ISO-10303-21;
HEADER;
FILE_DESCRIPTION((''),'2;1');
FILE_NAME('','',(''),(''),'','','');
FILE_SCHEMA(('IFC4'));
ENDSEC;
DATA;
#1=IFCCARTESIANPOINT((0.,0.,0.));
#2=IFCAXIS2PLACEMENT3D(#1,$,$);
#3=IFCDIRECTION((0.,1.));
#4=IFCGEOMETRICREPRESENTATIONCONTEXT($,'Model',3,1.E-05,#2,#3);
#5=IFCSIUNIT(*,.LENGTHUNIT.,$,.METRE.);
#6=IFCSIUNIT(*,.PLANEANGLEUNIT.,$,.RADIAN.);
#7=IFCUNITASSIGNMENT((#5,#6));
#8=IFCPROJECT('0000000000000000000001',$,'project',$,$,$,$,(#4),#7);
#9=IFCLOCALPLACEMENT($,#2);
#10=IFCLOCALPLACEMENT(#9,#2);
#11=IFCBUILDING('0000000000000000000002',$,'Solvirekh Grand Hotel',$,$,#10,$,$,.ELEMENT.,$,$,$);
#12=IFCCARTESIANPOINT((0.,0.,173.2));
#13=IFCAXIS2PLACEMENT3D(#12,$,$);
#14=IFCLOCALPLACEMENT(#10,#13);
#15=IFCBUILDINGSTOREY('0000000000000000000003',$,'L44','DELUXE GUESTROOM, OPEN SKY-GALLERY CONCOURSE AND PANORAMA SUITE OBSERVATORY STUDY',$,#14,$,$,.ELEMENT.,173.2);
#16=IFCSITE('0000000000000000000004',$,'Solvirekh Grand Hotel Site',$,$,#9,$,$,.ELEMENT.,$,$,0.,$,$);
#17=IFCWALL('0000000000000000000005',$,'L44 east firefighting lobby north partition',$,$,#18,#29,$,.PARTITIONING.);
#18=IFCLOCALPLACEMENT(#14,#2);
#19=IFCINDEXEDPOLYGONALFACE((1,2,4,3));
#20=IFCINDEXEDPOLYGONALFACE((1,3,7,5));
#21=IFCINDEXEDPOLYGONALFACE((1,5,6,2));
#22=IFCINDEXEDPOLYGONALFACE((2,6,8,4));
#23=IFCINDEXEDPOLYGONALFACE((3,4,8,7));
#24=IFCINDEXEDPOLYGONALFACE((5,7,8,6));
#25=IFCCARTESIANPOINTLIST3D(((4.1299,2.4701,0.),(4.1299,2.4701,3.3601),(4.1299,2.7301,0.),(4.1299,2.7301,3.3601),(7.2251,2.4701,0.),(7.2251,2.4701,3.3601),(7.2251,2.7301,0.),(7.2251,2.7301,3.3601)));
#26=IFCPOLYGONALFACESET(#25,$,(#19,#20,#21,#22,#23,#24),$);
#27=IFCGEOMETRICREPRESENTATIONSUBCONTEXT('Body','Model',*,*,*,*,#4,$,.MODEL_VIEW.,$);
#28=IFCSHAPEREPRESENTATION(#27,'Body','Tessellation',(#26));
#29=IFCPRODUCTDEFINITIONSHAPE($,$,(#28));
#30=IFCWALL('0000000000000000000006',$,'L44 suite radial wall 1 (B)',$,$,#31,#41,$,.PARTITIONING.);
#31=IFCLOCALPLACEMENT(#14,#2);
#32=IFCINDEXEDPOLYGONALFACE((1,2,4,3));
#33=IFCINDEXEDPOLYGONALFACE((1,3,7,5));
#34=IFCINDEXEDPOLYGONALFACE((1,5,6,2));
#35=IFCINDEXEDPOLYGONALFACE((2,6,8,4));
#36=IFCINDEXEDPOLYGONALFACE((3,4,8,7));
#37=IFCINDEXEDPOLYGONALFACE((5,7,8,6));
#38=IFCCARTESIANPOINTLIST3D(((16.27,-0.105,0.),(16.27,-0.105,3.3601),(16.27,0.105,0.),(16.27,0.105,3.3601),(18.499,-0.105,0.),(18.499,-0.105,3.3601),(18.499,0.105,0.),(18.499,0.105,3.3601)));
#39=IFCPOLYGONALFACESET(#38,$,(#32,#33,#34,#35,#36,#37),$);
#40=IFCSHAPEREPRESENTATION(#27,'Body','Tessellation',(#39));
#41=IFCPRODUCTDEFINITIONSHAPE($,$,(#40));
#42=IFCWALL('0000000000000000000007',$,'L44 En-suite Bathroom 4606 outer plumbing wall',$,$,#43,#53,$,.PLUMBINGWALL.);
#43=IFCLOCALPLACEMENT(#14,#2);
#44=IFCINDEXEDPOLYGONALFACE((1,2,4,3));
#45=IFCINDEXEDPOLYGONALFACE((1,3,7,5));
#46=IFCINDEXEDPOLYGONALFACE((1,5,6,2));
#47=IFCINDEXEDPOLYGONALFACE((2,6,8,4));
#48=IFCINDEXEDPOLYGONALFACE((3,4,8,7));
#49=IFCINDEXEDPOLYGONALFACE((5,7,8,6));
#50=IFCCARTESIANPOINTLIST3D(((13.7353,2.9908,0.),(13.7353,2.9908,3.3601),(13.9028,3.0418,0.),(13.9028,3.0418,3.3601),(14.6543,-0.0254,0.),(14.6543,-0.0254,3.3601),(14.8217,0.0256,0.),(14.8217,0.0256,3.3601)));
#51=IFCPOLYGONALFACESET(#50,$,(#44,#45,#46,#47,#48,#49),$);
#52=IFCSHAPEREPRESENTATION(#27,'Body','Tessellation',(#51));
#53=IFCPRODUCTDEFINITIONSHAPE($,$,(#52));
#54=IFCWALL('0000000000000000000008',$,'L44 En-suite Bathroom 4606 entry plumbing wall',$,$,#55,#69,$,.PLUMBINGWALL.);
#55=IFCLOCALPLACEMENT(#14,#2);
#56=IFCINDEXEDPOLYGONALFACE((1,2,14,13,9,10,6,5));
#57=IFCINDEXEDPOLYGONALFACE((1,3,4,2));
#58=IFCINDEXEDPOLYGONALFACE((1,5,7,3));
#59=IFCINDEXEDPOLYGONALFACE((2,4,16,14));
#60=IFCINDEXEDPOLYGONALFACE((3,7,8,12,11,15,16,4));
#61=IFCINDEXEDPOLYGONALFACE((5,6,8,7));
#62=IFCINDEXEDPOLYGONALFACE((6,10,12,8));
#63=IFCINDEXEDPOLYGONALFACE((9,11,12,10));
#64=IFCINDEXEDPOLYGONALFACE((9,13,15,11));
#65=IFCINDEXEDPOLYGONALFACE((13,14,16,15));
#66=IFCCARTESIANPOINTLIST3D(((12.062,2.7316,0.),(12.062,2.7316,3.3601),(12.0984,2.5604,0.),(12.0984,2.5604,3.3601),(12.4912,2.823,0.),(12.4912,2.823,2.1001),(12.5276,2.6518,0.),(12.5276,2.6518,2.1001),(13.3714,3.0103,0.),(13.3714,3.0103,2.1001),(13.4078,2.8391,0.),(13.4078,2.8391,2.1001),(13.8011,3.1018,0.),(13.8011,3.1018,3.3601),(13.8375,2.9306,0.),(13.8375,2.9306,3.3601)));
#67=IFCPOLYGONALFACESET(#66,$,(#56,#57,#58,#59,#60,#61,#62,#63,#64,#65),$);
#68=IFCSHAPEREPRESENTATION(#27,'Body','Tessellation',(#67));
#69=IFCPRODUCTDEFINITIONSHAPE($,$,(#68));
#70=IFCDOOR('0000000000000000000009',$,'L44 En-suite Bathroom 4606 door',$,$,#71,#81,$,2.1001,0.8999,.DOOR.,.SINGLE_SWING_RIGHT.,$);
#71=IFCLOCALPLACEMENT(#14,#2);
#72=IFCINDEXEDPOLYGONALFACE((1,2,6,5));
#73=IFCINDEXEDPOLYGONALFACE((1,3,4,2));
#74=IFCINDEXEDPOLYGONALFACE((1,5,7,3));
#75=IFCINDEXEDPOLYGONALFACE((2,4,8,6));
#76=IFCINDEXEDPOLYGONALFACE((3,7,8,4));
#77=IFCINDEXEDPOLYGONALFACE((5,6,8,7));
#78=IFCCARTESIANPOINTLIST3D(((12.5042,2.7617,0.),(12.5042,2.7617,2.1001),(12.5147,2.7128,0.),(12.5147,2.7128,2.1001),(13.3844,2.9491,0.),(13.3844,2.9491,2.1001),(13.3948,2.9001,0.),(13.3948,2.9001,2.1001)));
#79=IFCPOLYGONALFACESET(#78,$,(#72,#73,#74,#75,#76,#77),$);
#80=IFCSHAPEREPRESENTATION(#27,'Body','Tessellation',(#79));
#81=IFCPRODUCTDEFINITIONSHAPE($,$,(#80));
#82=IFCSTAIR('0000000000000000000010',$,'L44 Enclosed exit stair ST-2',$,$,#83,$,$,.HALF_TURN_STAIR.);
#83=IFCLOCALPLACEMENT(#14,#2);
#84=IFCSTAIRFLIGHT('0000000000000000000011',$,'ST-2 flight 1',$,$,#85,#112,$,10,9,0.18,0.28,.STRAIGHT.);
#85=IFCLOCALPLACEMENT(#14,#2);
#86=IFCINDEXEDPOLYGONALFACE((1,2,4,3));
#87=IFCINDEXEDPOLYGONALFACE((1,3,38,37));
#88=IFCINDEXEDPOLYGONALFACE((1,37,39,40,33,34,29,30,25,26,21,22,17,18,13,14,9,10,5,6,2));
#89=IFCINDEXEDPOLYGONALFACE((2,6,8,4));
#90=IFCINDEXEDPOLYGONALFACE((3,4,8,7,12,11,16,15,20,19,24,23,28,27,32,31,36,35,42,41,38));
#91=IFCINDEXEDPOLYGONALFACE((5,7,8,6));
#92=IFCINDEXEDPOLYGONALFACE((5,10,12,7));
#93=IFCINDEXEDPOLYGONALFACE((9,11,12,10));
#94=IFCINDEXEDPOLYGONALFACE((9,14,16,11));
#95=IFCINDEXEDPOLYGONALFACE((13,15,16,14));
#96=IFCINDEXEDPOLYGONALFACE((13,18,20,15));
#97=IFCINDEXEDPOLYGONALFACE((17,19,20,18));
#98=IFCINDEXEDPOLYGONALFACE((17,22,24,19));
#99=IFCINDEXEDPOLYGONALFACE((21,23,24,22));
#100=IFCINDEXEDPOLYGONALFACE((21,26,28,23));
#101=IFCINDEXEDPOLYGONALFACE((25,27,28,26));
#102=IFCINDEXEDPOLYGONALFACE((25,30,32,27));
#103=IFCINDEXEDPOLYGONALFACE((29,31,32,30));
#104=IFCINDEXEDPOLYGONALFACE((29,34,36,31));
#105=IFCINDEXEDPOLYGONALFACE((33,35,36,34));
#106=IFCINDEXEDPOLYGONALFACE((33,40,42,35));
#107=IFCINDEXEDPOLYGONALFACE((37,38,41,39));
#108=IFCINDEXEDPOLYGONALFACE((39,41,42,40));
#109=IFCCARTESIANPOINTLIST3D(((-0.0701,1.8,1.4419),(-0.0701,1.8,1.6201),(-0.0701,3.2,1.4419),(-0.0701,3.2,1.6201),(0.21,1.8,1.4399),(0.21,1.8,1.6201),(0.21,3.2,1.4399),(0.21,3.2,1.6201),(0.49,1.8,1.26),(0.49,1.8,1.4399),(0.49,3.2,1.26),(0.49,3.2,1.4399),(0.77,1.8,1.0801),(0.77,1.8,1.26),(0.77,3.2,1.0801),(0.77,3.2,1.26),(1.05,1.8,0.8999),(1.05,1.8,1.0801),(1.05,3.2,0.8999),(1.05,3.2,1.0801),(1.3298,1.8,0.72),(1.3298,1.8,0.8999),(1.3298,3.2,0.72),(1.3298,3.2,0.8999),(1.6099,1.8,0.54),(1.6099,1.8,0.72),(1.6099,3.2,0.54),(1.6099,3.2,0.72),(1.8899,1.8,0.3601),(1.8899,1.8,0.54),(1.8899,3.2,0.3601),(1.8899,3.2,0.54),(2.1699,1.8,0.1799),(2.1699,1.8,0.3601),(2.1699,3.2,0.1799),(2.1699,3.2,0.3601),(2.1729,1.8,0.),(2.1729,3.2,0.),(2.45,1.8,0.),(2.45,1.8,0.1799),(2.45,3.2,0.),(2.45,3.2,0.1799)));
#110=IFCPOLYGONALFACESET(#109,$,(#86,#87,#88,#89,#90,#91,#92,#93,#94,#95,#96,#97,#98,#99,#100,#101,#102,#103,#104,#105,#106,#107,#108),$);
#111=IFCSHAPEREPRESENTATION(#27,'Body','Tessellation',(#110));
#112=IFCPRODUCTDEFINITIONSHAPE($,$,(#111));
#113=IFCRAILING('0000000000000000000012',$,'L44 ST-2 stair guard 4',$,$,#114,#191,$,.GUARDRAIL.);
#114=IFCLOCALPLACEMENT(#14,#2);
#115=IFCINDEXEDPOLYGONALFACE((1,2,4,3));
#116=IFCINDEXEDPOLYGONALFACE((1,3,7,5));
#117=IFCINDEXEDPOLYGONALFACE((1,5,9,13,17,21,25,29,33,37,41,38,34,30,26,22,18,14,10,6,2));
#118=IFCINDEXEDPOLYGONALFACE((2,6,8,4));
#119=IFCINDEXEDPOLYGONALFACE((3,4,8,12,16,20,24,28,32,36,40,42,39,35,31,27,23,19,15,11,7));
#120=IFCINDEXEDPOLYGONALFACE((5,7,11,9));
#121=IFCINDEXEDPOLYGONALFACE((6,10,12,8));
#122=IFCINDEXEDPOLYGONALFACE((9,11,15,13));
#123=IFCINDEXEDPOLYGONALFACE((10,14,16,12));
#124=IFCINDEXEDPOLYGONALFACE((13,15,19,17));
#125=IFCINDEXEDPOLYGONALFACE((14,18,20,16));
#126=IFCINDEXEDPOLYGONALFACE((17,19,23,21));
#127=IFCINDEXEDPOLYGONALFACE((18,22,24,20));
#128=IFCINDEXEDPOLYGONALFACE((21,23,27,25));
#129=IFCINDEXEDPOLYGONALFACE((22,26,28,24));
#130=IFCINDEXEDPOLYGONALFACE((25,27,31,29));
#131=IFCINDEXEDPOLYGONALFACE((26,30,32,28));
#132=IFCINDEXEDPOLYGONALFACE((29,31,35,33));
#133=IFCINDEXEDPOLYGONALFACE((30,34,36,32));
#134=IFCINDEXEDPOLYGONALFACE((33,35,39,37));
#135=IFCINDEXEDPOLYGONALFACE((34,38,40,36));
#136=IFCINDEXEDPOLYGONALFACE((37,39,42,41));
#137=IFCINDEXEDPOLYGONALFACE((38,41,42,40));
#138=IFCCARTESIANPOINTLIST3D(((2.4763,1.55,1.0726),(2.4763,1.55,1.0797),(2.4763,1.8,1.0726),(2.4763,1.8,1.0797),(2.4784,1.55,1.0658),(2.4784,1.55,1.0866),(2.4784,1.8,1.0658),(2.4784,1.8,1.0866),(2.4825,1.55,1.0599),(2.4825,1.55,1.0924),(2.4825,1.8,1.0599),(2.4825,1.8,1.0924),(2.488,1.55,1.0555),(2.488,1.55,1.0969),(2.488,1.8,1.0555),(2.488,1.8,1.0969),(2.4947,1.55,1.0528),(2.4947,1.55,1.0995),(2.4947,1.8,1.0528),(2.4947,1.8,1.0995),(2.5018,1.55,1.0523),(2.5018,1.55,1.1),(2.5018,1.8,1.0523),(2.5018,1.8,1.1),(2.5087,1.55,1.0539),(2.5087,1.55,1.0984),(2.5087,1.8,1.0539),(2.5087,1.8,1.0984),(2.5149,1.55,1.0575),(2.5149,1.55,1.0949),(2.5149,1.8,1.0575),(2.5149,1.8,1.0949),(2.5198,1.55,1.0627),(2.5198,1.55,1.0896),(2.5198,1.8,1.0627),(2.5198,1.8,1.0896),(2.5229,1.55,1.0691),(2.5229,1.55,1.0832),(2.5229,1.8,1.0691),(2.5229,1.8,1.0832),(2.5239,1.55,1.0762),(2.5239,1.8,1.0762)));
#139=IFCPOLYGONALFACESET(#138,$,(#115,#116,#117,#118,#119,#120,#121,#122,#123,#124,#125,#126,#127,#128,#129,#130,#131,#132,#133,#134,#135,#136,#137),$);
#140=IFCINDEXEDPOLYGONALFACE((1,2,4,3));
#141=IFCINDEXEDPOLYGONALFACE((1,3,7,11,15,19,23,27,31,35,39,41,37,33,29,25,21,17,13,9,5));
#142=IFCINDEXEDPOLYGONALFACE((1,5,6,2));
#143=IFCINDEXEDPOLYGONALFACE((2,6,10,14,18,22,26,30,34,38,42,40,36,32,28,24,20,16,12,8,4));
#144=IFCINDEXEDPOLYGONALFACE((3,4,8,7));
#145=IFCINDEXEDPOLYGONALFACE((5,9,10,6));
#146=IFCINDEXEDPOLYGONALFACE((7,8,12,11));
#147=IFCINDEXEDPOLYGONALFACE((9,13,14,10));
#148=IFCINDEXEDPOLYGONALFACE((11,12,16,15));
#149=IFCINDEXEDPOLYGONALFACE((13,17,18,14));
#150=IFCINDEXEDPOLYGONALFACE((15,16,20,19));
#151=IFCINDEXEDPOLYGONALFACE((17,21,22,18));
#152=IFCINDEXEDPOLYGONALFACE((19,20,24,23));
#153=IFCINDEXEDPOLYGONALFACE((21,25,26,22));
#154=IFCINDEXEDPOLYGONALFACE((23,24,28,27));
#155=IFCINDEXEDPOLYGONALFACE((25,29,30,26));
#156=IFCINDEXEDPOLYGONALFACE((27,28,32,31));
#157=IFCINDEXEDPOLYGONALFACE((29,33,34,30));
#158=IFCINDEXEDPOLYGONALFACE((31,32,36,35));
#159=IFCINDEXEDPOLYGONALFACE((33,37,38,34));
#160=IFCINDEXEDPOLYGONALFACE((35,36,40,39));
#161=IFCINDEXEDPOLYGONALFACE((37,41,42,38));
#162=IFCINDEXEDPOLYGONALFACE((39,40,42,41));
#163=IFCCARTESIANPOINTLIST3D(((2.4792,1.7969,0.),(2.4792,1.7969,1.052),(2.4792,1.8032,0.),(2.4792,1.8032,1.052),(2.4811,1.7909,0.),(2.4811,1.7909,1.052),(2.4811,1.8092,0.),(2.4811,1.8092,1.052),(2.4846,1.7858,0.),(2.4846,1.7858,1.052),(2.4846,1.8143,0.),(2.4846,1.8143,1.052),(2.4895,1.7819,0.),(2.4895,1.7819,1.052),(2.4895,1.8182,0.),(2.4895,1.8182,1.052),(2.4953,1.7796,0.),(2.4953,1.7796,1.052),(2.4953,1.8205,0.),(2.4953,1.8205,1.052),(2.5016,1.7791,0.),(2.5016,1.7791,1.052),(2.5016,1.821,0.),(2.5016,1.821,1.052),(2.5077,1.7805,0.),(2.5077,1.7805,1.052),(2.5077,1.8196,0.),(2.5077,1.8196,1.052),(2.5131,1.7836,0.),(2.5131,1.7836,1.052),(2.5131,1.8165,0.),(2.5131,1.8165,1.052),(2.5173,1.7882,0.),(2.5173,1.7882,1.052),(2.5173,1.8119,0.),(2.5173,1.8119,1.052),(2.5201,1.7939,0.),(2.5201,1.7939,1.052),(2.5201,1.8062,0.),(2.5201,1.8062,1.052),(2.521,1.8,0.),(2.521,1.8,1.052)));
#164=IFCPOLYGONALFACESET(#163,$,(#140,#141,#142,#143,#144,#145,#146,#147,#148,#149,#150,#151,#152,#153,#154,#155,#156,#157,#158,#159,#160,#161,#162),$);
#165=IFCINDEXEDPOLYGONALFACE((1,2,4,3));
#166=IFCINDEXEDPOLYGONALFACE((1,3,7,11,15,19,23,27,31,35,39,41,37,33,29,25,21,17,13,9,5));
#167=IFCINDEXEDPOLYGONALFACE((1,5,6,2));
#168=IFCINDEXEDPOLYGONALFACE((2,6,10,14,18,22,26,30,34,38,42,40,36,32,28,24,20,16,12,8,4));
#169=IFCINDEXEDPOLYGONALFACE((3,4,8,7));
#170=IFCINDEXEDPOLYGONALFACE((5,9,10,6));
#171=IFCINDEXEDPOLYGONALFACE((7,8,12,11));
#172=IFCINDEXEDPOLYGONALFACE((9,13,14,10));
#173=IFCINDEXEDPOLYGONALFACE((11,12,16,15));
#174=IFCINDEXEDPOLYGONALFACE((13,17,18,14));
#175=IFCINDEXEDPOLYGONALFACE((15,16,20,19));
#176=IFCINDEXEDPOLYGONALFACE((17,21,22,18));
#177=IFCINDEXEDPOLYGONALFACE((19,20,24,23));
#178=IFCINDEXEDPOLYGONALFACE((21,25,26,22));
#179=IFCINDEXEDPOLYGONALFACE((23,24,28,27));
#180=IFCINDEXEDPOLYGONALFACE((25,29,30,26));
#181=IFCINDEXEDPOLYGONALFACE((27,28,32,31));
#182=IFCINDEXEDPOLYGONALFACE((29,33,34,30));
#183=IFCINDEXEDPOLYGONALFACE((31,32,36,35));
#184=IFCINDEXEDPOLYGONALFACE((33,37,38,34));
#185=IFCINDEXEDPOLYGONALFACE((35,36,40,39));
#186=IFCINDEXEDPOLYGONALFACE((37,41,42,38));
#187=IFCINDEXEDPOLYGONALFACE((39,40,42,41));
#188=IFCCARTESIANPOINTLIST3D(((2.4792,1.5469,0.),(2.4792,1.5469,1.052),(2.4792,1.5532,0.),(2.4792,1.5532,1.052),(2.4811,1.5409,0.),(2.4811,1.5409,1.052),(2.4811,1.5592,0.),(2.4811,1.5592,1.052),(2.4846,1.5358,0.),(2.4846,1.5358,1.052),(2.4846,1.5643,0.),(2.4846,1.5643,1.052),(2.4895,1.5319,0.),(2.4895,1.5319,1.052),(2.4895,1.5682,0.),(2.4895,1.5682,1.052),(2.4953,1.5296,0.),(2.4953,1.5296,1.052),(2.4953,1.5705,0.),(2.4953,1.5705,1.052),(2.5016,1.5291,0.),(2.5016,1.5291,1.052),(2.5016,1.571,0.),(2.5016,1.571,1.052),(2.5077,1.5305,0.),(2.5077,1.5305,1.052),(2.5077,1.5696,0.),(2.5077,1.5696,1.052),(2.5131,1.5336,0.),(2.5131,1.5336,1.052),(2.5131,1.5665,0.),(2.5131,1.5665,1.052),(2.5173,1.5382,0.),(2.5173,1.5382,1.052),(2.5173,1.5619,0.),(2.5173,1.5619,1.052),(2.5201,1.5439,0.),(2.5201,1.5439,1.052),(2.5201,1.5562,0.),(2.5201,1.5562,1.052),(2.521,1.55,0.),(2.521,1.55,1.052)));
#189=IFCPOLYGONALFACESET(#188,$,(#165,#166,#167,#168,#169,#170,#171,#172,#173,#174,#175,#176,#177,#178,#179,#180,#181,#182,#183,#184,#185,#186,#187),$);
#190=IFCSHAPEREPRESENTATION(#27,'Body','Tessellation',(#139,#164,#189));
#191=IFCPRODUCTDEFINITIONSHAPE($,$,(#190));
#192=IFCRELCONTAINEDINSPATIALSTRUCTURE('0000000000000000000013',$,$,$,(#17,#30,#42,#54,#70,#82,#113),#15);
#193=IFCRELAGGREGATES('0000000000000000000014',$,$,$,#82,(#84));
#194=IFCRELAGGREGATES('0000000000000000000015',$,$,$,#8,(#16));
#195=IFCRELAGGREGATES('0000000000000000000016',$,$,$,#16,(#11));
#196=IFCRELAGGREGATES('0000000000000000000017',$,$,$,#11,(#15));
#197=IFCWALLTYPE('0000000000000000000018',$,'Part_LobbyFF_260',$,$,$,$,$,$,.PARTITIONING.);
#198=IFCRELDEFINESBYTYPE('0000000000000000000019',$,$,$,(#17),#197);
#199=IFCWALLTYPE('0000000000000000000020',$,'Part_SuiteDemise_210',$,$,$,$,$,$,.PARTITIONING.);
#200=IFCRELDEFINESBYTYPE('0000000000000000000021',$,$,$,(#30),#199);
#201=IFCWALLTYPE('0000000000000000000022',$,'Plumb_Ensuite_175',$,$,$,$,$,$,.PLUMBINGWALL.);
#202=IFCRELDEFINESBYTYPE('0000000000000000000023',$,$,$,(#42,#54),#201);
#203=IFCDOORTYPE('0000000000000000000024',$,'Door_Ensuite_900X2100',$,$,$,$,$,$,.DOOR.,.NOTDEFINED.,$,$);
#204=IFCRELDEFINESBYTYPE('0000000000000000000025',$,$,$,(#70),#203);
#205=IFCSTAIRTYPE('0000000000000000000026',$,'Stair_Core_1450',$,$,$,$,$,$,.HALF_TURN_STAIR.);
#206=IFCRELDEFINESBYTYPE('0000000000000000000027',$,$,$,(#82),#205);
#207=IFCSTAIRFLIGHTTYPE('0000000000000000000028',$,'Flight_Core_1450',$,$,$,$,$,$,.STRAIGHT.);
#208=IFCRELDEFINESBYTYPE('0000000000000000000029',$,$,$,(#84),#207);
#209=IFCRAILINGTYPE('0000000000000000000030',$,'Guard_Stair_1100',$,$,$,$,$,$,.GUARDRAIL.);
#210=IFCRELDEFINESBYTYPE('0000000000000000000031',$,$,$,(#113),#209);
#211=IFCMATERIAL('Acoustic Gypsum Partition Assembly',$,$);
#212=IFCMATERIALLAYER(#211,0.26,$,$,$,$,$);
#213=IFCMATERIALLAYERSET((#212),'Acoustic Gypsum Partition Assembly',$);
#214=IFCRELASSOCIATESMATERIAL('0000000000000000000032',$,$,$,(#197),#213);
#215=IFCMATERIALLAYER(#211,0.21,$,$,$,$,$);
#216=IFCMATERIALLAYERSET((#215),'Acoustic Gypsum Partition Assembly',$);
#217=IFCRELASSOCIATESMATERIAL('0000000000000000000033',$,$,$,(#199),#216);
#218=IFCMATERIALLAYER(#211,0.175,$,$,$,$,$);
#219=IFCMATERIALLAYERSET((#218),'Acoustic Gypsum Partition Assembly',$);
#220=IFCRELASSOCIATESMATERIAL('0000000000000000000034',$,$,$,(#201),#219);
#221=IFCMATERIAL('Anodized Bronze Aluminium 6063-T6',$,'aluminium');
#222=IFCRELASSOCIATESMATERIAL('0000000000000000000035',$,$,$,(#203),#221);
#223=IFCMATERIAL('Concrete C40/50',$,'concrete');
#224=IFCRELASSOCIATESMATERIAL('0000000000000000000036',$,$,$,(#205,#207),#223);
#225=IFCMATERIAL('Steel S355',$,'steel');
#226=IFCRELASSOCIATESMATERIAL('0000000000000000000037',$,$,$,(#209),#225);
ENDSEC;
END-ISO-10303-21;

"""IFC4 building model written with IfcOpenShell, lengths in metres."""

from ifc_helpers import new_model, si_unit, direction, frame, frame_2d, origin, origin_2d, place, context, subcontext, project, spatial, polyline, rectangle, circle, outline, extrude, material, layer, layer_set, type_object, element, fill, aggregate, save


model = new_model("IFC4")

# Units and contexts
model_context = context("Model", 3, precision=1e-05, world=origin(), true_north=direction((0.0, 1.0)))
body_context = subcontext(model_context, "Body", "Model", "MODEL_VIEW")
ifc_project = project(units=[si_unit("LENGTHUNIT", "METRE"), si_unit("PLANEANGLEUNIT", "RADIAN")], contexts=[model_context])

# Site, building, storey
site_placement = place(None, origin())
site = spatial("IfcSite", under=ifc_project, at=site_placement, Name="Solvirekh Grand Hotel Site", CompositionType="ELEMENT", RefElevation=0.0)
building_placement = place(site_placement, origin())
building = spatial("IfcBuilding", under=site, at=building_placement, Name="Solvirekh Grand Hotel", CompositionType="ELEMENT")
storey_placement = place(building_placement, frame((0.0, 0.0, 173.2)))
storey = spatial("IfcBuildingStorey", under=building, at=storey_placement, Name="L44", Description="DELUXE GUESTROOM, OPEN SKY-GALLERY CONCOURSE AND PANORAMA SUITE OBSERVATORY STUDY", CompositionType="ELEMENT", Elevation=173.2)

# Shared definitions
ifc_material_1 = material(Name="Concrete C40/50", Category="concrete")

# Shared definitions
ifc_material_2 = material(Name="Acoustic Gypsum Partition Assembly")
ifc_material_3 = material(Name="Anodized Bronze Aluminium 6063-T6", Category="aluminium")

# Walls
ifc_layer_1 = layer(ifc_material_2, 0.26)
ifc_layer_set_1 = layer_set([ifc_layer_1], Name="Acoustic Gypsum Partition Assembly")
wall_type_1 = type_object("IfcWallType", Name="Part_LobbyFF_260", PredefinedType="PARTITIONING", material=ifc_layer_set_1)
wall_1_placement = place(storey_placement, frame((4.1299, 2.6001, 0.0), z_axis=(0.0, 0.0, 1.0), x_axis=(1.0, 0.0, 0.0)))
element("IfcWall", 1, at=wall_1_placement, inside=storey, type_object=wall_type_1, Name="L44 east firefighting lobby north partition", PredefinedType="PARTITIONING", context=body_context, shape_type="SweptSolid", body=[
    extrude(rectangle(XDim=3.0952, YDim=0.26, at=frame_2d((1.5476, 0.0))), origin(), (0.0, 0.0, 1.0), 3.3601),
])
ifc_layer_2 = layer(ifc_material_2, 0.21)
ifc_layer_set_2 = layer_set([ifc_layer_2], Name="Acoustic Gypsum Partition Assembly")
wall_type_2 = type_object("IfcWallType", Name="Part_SuiteDemise_210", PredefinedType="PARTITIONING", material=ifc_layer_set_2)
wall_2_placement = place(storey_placement, frame((16.27, 0.0, 0.0), z_axis=(0.0, 0.0, 1.0), x_axis=(1.0, 0.0, 0.0)))
element("IfcWall", 2, at=wall_2_placement, inside=storey, type_object=wall_type_2, Name="L44 suite radial wall 1 (B)", PredefinedType="PARTITIONING", context=body_context, shape_type="SweptSolid", body=[
    extrude(rectangle(XDim=2.229, YDim=0.21, at=frame_2d((1.1145, 0.0))), origin(), (0.0, 0.0, 1.0), 3.3601),
])
ifc_layer_3 = layer(ifc_material_2, 0.175)
ifc_layer_set_3 = layer_set([ifc_layer_3], Name="Acoustic Gypsum Partition Assembly")
wall_type_3 = type_object("IfcWallType", Name="Plumb_Ensuite_175", PredefinedType="PLUMBINGWALL", material=ifc_layer_set_3)
wall_3_placement = place(storey_placement, frame((14.738, 0.0, 0.0), z_axis=(0.0, 0.0, 1.0), x_axis=(-0.291451, 0.956586, 0.0)))
element("IfcWall", 3, at=wall_3_placement, inside=storey, type_object=wall_type_3, Name="L44 En-suite Bathroom 4606 outer plumbing wall", PredefinedType="PLUMBINGWALL", context=body_context, shape_type="SweptSolid", body=[
    extrude(rectangle(XDim=3.1531, YDim=0.175, at=frame_2d((1.5767, 0.0))), origin(), (0.0, 0.0, 1.0), 3.3601),
])

# Wall, opening, door
wall_4_placement = place(storey_placement, frame((12.0801, 2.646, 0.0), z_axis=(0.0, 0.0, 1.0), x_axis=(0.978093, 0.208169, 0.0)))
wall_4 = element("IfcWall", 4, at=wall_4_placement, inside=storey, type_object=wall_type_3, Name="L44 En-suite Bathroom 4606 entry plumbing wall", PredefinedType="PLUMBINGWALL", context=body_context, shape_type="SweptSolid", body=[
    extrude(rectangle(XDim=1.7781, YDim=0.175, at=frame_2d((0.8892, 0.0))), origin(), (0.0, 0.0, 1.0), 3.3601),
])
opening_1_placement = place(wall_4_placement, frame((0.439, 0.0, 0.0)))
opening_1 = element("IfcOpeningElement", 5, at=opening_1_placement, cuts=wall_4, PredefinedType="OPENING", context=body_context, shape_type="SweptSolid", body=[
    extrude(rectangle(XDim=0.8999, YDim=2.1001, at=frame_2d((0.45, 1.05))), frame((0.0, 0.0977, 0.0), z_axis=(0.0, -1.0, 0.0), x_axis=(1.0, 0.0, 0.0)), (0.0, 0.0, 1.0), 0.1951),
])
door_type_1 = type_object("IfcDoorType", Name="Door_Ensuite_900X2100", OperationType="NOTDEFINED", PredefinedType="DOOR", material=ifc_material_3)
door_1_placement = place(opening_1_placement, origin())
door_1 = element("IfcDoor", 6, at=door_1_placement, inside=storey, type_object=door_type_1, Name="L44 En-suite Bathroom 4606 door", OperationType="SINGLE_SWING_RIGHT", OverallHeight=2.1001, OverallWidth=0.8999, PredefinedType="DOOR", context=body_context, shape_type="SweptSolid", body=[
    extrude(rectangle(XDim=0.8999, YDim=2.1001, at=frame_2d((0.45, 1.05))), frame((0.0, 0.0249, 0.0), z_axis=(0.0, -1.0, 0.0), x_axis=(1.0, 0.0, 0.0)), (0.0, 0.0, 1.0), 0.05),
])
fill(opening_1, door_1)

# Stair, stair flight
stair_type = type_object("IfcStairType", Name="Stair_Core_1450", PredefinedType="HALF_TURN_STAIR", material=ifc_material_1)
stair_placement = place(storey_placement, origin())
stair = element("IfcStair", 7, at=stair_placement, inside=storey, type_object=stair_type, Name="L44 Enclosed exit stair ST-2", PredefinedType="HALF_TURN_STAIR")
stair_flight_type = type_object("IfcStairFlightType", Name="Flight_Core_1450", PredefinedType="STRAIGHT", material=ifc_material_1)
stair_flight_placement = place(storey_placement, frame((2.45, 2.5, 0.0), z_axis=(0.0, 0.0, 1.0), x_axis=(-1.0, 0.0, 0.0)))
stair_flight = element("IfcStairFlight", 8, at=stair_flight_placement, type_object=stair_flight_type, Name="ST-2 flight 1", NumberOfRisers=10, NumberOfTreads=9, PredefinedType="STRAIGHT", RiserHeight=0.18, TreadLength=0.28, context=body_context, shape_type="SweptSolid", body=[
    extrude(outline(polyline([(0.0, 0.0), (0.0, 0.1799), (0.28, 0.1799), (0.28, 0.3601), (0.5601, 0.3601), (0.5601, 0.54), (0.8401, 0.54), (0.8401, 0.72), (1.1201, 0.72), (1.1201, 0.8999), (1.3999, 0.8999), (1.3999, 1.0801), (1.6799, 1.0801), (1.6799, 1.26), (1.96, 1.26), (1.96, 1.4399), (2.24, 1.4399), (2.24, 1.6201), (2.52, 1.6201), (2.52, 1.8), (2.52, 1.4419), (0.2771, 0.0), (0.0, 0.0)])), frame((0.0, 0.7, 0.0), z_axis=(0.0, -1.0, 0.0), x_axis=(1.0, 0.0, 0.0)), (0.0, 0.0, 1.0), 1.3999),
])
aggregate(stair, [stair_flight])

# Railing
ifc_material_4 = material(Name="Steel S355", Category="steel")
railing_type_1 = type_object("IfcRailingType", Name="Guard_Stair_1100", PredefinedType="GUARDRAIL", material=ifc_material_4)
railing_1_placement = place(storey_placement, frame((2.5, 1.8, 0.0)))
element("IfcRailing", 9, at=railing_1_placement, inside=storey, type_object=railing_type_1, Name="L44 ST-2 stair guard 4", PredefinedType="GUARDRAIL", context=body_context, shape_type="SweptSolid", body=[
    extrude(circle(Radius=0.0239, at=origin_2d()), frame((0.0, 0.0, 1.0762), z_axis=(0.0, -1.0, 0.0), x_axis=(1.0, 0.0, 0.0)), (0.0, 0.0, 1.0), 0.25),
    extrude(circle(Radius=0.021, at=origin_2d()), origin(), (0.0, 0.0, 1.0), 1.052),
    extrude(circle(Radius=0.021, at=origin_2d()), frame((0.0, -0.25, 0.0)), (0.0, 0.0, 1.0), 1.052),
])

save(model, "model.ifc")
